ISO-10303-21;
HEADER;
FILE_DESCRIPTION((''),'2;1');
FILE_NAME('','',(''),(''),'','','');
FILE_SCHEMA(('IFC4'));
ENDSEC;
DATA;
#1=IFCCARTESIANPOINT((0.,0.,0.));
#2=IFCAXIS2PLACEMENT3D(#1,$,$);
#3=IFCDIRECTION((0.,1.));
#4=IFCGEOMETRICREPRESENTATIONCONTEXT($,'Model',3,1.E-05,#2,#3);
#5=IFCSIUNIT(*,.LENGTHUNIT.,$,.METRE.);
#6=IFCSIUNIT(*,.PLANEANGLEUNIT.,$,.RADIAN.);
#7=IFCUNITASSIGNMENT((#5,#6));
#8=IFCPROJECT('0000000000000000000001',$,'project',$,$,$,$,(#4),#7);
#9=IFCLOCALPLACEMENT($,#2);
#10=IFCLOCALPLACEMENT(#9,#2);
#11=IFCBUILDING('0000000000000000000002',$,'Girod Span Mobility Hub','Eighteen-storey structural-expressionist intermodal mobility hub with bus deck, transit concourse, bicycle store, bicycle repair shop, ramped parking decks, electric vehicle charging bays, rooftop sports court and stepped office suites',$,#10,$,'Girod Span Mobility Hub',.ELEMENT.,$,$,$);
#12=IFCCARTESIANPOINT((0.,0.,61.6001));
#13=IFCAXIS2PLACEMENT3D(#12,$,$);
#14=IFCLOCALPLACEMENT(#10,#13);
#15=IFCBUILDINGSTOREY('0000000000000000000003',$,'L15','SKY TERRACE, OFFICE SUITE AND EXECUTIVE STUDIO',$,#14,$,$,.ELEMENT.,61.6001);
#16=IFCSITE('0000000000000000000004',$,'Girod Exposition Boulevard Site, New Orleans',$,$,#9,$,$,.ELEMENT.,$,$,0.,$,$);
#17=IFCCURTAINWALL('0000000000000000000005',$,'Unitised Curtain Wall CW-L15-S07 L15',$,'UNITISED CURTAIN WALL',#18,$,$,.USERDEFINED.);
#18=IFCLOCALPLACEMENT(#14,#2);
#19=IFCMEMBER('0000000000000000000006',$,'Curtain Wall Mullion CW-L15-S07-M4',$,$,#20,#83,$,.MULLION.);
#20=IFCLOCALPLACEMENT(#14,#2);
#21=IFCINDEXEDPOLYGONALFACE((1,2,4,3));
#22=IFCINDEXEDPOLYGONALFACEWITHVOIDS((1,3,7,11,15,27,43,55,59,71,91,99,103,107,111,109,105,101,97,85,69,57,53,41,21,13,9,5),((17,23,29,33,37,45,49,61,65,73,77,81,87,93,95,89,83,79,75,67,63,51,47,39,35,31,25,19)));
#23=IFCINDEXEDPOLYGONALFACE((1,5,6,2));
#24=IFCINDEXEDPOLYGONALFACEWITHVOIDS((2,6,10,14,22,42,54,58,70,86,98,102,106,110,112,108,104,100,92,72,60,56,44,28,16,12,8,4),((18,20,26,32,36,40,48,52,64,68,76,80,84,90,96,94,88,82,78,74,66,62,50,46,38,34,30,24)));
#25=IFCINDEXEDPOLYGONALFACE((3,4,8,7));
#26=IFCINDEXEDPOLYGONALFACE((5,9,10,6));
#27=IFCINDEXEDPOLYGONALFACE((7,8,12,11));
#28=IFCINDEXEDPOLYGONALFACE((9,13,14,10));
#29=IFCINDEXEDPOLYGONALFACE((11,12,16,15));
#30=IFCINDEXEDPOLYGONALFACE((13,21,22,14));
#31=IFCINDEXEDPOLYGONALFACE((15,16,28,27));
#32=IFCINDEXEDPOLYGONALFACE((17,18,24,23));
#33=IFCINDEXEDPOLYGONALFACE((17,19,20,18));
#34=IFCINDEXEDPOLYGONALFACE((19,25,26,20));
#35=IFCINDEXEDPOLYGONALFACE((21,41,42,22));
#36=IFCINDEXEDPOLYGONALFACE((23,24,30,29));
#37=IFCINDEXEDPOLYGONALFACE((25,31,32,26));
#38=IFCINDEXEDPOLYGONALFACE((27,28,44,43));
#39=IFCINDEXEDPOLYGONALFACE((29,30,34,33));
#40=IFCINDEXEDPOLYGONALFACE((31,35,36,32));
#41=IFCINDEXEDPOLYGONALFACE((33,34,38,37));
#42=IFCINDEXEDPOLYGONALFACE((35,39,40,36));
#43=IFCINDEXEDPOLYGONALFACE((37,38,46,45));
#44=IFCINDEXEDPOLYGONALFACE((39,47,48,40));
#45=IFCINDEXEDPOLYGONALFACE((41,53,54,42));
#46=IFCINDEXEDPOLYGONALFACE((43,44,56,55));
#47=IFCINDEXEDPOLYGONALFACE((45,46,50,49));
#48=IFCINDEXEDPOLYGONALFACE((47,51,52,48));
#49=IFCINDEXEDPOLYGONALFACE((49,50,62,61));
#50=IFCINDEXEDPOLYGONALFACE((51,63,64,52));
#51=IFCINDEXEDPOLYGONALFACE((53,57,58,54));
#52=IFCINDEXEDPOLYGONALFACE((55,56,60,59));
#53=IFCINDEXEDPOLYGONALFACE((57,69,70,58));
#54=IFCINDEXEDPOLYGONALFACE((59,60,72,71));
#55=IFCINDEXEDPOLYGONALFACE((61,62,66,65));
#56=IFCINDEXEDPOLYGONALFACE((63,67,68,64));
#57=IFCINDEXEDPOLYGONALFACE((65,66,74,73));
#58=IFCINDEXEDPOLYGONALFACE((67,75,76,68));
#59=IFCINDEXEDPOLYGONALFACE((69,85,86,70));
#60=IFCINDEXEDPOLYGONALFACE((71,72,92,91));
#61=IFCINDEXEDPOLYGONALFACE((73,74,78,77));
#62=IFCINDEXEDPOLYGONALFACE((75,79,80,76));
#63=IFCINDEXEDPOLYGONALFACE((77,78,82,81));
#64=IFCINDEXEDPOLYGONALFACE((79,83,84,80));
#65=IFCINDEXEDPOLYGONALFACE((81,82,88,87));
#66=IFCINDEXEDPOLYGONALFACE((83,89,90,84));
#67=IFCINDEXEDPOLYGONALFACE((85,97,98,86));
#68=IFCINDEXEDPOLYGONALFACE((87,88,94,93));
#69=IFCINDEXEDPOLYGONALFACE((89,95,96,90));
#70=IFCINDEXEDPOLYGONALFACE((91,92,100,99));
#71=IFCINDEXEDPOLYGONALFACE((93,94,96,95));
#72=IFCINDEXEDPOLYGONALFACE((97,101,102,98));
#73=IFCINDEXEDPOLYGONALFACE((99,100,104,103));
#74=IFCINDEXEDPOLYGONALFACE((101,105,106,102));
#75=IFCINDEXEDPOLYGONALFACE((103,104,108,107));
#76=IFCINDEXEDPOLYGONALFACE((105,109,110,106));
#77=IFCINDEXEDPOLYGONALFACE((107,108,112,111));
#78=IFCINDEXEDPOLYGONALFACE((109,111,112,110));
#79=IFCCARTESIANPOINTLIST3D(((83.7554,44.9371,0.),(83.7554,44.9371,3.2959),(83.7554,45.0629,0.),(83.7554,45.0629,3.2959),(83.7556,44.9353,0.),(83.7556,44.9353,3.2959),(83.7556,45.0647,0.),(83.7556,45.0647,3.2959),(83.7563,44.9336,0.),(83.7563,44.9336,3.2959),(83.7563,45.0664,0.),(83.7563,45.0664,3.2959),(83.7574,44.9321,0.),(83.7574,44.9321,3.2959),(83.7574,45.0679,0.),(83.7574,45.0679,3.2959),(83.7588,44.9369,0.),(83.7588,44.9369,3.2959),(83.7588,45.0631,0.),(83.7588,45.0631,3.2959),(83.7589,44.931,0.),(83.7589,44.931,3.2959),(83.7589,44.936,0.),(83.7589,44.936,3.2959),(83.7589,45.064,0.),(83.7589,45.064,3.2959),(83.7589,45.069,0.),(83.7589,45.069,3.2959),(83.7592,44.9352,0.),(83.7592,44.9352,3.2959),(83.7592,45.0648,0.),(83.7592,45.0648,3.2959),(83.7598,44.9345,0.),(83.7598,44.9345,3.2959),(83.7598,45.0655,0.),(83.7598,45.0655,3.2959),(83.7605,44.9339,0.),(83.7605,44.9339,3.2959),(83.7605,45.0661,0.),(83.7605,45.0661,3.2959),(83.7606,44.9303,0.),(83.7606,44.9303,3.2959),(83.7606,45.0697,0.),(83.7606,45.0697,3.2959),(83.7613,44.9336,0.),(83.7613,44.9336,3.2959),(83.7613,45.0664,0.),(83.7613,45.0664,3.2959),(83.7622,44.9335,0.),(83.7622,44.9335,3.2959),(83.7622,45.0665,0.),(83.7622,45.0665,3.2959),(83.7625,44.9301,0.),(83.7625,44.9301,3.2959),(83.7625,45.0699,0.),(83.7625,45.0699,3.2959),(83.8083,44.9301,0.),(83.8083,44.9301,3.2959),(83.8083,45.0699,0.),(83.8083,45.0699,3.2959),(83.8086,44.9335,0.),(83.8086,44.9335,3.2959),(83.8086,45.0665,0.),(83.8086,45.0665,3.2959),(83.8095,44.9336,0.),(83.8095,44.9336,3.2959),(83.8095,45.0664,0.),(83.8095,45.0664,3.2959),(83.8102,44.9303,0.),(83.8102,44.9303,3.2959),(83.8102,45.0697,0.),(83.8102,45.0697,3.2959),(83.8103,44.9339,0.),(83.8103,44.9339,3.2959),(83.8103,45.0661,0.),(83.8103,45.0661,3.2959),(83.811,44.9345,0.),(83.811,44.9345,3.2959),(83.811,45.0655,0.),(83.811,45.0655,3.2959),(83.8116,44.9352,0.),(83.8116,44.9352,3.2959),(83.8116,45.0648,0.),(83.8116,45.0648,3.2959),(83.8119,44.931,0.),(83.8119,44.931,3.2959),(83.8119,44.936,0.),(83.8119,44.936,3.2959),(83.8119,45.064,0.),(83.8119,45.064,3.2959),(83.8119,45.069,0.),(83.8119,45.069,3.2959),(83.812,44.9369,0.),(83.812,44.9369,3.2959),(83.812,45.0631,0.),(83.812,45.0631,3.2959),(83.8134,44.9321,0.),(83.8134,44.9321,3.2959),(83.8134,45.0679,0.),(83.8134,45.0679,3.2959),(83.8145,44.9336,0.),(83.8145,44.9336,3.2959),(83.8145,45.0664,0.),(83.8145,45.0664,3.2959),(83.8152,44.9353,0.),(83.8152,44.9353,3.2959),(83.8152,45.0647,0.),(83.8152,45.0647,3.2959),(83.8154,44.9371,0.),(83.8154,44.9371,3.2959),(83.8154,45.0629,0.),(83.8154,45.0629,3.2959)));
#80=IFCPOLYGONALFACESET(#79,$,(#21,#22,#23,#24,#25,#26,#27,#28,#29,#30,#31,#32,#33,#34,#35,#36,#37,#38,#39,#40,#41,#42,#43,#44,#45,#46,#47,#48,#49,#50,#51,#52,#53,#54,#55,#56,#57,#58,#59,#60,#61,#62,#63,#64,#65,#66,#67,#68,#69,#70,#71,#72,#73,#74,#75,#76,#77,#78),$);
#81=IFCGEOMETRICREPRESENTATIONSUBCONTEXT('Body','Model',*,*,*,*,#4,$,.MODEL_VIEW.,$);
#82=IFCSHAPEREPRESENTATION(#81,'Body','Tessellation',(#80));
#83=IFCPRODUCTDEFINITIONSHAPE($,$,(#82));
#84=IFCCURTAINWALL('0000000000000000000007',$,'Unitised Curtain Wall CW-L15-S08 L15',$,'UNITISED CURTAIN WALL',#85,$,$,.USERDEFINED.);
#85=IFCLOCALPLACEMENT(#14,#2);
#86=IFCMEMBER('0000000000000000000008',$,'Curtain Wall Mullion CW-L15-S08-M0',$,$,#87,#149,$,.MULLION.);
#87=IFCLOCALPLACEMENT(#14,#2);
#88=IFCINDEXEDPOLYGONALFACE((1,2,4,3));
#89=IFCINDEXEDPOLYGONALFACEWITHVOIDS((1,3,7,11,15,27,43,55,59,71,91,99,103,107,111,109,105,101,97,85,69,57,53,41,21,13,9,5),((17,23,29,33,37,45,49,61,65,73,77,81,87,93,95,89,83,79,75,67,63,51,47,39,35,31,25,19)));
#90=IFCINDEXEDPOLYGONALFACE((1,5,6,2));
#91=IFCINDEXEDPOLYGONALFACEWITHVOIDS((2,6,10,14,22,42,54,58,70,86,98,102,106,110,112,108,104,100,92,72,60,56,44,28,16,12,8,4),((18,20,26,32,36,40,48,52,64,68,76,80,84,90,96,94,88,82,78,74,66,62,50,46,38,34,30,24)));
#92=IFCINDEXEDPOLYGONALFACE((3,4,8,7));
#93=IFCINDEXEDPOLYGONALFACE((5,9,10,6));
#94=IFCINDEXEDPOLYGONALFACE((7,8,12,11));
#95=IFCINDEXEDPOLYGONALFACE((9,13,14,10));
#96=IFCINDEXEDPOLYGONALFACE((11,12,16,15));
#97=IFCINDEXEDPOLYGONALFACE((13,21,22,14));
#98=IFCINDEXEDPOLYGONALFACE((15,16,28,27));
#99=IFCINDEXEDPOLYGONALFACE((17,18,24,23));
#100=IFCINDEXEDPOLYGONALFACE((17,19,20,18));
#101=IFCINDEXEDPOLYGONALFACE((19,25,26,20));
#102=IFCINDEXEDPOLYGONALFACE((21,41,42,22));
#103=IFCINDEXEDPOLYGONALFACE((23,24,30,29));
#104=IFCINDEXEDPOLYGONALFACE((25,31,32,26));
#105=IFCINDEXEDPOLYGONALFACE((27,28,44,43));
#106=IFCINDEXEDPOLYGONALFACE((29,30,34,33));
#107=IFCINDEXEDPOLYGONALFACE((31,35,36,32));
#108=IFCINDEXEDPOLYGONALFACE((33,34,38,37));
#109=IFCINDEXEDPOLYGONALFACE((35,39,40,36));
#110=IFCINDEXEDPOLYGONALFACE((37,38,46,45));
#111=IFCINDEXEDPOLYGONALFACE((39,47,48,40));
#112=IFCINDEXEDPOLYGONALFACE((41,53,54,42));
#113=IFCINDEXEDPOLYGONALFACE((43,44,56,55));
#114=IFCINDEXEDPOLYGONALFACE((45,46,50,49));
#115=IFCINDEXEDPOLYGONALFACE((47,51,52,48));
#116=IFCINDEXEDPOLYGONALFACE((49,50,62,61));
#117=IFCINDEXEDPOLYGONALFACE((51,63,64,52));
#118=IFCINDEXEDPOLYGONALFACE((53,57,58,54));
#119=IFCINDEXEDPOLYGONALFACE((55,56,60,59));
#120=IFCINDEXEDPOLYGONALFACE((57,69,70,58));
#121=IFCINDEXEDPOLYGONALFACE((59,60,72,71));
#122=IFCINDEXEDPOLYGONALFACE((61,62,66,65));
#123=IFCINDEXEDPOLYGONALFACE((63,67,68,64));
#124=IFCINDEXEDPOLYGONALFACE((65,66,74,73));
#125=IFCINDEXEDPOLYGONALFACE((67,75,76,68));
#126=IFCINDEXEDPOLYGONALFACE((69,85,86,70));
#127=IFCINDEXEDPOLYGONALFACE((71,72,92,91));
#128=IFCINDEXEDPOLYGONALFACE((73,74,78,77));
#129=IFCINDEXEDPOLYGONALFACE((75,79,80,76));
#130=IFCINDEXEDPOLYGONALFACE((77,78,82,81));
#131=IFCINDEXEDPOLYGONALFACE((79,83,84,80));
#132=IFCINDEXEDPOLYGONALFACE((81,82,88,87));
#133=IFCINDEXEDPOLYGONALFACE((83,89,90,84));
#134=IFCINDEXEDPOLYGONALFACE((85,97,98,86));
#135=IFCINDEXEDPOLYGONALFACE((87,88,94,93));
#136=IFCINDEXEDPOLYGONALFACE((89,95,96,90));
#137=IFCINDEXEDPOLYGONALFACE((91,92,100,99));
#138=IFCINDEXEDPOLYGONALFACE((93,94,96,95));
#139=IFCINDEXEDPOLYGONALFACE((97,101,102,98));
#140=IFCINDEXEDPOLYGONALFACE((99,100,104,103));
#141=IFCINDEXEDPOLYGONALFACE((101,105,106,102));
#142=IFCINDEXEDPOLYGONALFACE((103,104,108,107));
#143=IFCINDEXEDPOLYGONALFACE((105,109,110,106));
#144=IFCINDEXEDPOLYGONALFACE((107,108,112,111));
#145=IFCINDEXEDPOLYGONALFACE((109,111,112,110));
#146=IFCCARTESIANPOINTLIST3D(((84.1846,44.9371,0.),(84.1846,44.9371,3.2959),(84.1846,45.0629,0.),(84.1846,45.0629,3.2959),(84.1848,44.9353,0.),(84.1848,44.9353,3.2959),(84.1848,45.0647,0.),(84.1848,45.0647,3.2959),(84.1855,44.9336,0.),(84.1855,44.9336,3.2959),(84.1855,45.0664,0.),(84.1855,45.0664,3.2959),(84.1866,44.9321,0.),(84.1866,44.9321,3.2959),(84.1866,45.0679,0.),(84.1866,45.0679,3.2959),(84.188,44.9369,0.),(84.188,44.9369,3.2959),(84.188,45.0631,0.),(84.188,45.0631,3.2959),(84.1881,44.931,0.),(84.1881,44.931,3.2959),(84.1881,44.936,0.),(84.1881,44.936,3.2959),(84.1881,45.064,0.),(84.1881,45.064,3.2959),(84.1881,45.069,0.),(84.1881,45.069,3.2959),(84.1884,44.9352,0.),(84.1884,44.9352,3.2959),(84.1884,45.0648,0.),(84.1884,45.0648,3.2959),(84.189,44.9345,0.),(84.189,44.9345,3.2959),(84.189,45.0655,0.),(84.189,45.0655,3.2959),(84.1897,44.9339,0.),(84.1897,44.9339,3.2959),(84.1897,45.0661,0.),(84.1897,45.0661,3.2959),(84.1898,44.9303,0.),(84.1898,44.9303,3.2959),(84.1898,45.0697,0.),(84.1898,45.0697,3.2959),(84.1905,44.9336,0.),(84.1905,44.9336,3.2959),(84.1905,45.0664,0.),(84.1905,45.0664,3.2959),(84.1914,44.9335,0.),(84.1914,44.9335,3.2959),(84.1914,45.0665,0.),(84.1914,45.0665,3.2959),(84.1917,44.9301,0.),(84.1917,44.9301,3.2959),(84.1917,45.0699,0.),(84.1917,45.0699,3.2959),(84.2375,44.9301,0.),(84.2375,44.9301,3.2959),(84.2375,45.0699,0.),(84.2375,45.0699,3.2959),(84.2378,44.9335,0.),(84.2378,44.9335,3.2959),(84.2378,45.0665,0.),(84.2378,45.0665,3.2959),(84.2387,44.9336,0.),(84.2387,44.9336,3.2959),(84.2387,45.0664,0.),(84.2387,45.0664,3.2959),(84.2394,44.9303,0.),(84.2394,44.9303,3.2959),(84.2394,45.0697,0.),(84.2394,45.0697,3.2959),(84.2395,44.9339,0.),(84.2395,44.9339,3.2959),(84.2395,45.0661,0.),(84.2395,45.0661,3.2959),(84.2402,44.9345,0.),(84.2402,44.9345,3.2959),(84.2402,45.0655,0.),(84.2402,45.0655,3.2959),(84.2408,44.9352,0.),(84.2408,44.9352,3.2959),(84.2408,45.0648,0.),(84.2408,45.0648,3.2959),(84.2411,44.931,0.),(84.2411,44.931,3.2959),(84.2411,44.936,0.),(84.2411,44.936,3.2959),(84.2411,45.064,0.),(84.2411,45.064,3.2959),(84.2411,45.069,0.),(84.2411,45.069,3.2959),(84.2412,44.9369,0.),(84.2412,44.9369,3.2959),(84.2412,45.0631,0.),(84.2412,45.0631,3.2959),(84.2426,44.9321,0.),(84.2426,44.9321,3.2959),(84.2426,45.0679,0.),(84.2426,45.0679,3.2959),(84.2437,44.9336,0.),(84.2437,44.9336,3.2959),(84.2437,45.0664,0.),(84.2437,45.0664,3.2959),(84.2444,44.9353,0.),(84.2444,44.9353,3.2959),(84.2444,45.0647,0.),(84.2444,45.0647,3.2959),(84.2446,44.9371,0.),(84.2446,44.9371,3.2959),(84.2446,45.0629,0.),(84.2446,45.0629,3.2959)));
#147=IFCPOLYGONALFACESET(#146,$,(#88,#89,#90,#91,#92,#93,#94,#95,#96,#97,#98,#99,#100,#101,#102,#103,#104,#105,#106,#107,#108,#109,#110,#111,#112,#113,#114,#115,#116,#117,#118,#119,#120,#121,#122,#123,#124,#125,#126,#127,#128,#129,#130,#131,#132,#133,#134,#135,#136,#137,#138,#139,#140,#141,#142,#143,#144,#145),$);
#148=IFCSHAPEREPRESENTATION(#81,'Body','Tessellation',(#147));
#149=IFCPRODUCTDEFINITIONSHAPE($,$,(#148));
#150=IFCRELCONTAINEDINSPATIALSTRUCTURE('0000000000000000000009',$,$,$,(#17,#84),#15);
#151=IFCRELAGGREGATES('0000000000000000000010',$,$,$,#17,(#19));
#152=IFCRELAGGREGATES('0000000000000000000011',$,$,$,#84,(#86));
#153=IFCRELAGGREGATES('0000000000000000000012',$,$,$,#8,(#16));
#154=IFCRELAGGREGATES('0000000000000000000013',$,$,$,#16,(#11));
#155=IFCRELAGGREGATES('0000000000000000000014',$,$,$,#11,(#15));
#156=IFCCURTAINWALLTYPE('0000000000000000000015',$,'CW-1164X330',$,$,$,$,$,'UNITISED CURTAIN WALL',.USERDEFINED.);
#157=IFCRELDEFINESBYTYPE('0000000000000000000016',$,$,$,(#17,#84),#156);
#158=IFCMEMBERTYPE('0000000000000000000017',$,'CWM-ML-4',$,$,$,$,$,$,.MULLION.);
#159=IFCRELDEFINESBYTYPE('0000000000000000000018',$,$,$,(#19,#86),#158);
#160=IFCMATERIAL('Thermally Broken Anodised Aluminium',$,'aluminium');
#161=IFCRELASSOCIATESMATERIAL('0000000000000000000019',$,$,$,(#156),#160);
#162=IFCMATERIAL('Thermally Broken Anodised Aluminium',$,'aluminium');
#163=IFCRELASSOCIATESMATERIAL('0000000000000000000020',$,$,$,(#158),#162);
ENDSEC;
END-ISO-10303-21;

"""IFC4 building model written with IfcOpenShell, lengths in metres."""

from ifc_helpers import new_model, si_unit, direction, frame, origin, origin_2d, place, context, subcontext, project, spatial, hollow_rectangle, extrude, material, material_profile, profile_set, type_object, element, aggregate, save


model = new_model("IFC4")

# Units and contexts
model_context = context("Model", 3, precision=1e-05, world=origin(), true_north=direction((0.0, 1.0)))
body_context = subcontext(model_context, "Body", "Model", "MODEL_VIEW")
ifc_project = project(units=[si_unit("LENGTHUNIT", "METRE"), si_unit("PLANEANGLEUNIT", "RADIAN")], contexts=[model_context])

# Site, building, storey
site_placement = place(None, origin())
site = spatial("IfcSite", under=ifc_project, at=site_placement, Name="Girod Exposition Boulevard Site, New Orleans", CompositionType="ELEMENT", RefElevation=0.0)
building_placement = place(site_placement, origin())
building = spatial("IfcBuilding", under=site, at=building_placement, Name="Girod Span Mobility Hub", Description="Eighteen-storey structural-expressionist intermodal mobility hub with bus deck, transit concourse, bicycle store, bicycle repair shop, ramped parking decks, electric vehicle charging bays, rooftop sports court and stepped office suites", LongName="Girod Span Mobility Hub", CompositionType="ELEMENT")
storey_placement = place(building_placement, frame((0.0, 0.0, 61.6001)))
storey = spatial("IfcBuildingStorey", under=building, at=storey_placement, Name="L15", Description="SKY TERRACE, OFFICE SUITE AND EXECUTIVE STUDIO", CompositionType="ELEMENT", Elevation=61.6001)

# Curtain wall, member
ifc_material_1 = material(Name="Thermally Broken Anodised Aluminium", Category="aluminium")
curtain_wall_type = type_object("IfcCurtainWallType", Name="CW-1164X330", ElementType="UNITISED CURTAIN WALL", PredefinedType="USERDEFINED", material=ifc_material_1)
curtain_wall_1_placement = place(storey_placement, origin())
curtain_wall_1 = element("IfcCurtainWall", 1, at=curtain_wall_1_placement, inside=storey, type_object=curtain_wall_type, Name="Unitised Curtain Wall CW-L15-S07 L15", ObjectType="UNITISED CURTAIN WALL", PredefinedType="USERDEFINED")
ifc_material_2 = material(Name="Thermally Broken Anodised Aluminium", Category="aluminium")
ifc_material_profile_1 = material_profile(ifc_material_2, hollow_rectangle(XDim=0.1399, YDim=0.0601, WallThickness=0.0034, InnerFilletRadius=0.0034, OuterFilletRadius=0.0071, at=origin_2d()), Name="CW-ML-60X140")
ifc_profile_set_1 = profile_set([ifc_material_profile_1], Name="Thermally Broken Anodised Aluminium")
member_type_1 = type_object("IfcMemberType", Name="CWM-ML-4", PredefinedType="MULLION", material=ifc_profile_set_1)
member_1_placement = place(storey_placement, frame((83.7854, 45.0, 0.0), z_axis=(0.0, 0.0, 1.0), x_axis=(0.0, 1.0, 0.0)))
member_1 = element("IfcMember", 2, at=member_1_placement, type_object=member_type_1, Name="Curtain Wall Mullion CW-L15-S07-M4", PredefinedType="MULLION", context=body_context, shape_type="SweptSolid", body=[
    extrude(hollow_rectangle(XDim=0.1399, YDim=0.0601, WallThickness=0.0034, InnerFilletRadius=0.0034, OuterFilletRadius=0.0071, at=origin_2d()), origin(), (0.0, 0.0, 1.0), 3.2959),
])

# Curtain wall, member
curtain_wall_2_placement = place(storey_placement, origin())
curtain_wall_2 = element("IfcCurtainWall", 3, at=curtain_wall_2_placement, inside=storey, type_object=curtain_wall_type, Name="Unitised Curtain Wall CW-L15-S08 L15", ObjectType="UNITISED CURTAIN WALL", PredefinedType="USERDEFINED")
member_2_placement = place(storey_placement, frame((84.2146, 45.0, 0.0), z_axis=(0.0, 0.0, 1.0), x_axis=(0.0, 1.0, 0.0)))
member_2 = element("IfcMember", 4, at=member_2_placement, type_object=member_type_1, Name="Curtain Wall Mullion CW-L15-S08-M0", PredefinedType="MULLION", context=body_context, shape_type="SweptSolid", body=[
    extrude(hollow_rectangle(XDim=0.1399, YDim=0.0601, WallThickness=0.0034, InnerFilletRadius=0.0034, OuterFilletRadius=0.0071, at=origin_2d()), origin(), (0.0, 0.0, 1.0), 3.2959),
])

aggregate(curtain_wall_1, [member_1])
aggregate(curtain_wall_2, [member_2])

save(model, "model.ifc")
